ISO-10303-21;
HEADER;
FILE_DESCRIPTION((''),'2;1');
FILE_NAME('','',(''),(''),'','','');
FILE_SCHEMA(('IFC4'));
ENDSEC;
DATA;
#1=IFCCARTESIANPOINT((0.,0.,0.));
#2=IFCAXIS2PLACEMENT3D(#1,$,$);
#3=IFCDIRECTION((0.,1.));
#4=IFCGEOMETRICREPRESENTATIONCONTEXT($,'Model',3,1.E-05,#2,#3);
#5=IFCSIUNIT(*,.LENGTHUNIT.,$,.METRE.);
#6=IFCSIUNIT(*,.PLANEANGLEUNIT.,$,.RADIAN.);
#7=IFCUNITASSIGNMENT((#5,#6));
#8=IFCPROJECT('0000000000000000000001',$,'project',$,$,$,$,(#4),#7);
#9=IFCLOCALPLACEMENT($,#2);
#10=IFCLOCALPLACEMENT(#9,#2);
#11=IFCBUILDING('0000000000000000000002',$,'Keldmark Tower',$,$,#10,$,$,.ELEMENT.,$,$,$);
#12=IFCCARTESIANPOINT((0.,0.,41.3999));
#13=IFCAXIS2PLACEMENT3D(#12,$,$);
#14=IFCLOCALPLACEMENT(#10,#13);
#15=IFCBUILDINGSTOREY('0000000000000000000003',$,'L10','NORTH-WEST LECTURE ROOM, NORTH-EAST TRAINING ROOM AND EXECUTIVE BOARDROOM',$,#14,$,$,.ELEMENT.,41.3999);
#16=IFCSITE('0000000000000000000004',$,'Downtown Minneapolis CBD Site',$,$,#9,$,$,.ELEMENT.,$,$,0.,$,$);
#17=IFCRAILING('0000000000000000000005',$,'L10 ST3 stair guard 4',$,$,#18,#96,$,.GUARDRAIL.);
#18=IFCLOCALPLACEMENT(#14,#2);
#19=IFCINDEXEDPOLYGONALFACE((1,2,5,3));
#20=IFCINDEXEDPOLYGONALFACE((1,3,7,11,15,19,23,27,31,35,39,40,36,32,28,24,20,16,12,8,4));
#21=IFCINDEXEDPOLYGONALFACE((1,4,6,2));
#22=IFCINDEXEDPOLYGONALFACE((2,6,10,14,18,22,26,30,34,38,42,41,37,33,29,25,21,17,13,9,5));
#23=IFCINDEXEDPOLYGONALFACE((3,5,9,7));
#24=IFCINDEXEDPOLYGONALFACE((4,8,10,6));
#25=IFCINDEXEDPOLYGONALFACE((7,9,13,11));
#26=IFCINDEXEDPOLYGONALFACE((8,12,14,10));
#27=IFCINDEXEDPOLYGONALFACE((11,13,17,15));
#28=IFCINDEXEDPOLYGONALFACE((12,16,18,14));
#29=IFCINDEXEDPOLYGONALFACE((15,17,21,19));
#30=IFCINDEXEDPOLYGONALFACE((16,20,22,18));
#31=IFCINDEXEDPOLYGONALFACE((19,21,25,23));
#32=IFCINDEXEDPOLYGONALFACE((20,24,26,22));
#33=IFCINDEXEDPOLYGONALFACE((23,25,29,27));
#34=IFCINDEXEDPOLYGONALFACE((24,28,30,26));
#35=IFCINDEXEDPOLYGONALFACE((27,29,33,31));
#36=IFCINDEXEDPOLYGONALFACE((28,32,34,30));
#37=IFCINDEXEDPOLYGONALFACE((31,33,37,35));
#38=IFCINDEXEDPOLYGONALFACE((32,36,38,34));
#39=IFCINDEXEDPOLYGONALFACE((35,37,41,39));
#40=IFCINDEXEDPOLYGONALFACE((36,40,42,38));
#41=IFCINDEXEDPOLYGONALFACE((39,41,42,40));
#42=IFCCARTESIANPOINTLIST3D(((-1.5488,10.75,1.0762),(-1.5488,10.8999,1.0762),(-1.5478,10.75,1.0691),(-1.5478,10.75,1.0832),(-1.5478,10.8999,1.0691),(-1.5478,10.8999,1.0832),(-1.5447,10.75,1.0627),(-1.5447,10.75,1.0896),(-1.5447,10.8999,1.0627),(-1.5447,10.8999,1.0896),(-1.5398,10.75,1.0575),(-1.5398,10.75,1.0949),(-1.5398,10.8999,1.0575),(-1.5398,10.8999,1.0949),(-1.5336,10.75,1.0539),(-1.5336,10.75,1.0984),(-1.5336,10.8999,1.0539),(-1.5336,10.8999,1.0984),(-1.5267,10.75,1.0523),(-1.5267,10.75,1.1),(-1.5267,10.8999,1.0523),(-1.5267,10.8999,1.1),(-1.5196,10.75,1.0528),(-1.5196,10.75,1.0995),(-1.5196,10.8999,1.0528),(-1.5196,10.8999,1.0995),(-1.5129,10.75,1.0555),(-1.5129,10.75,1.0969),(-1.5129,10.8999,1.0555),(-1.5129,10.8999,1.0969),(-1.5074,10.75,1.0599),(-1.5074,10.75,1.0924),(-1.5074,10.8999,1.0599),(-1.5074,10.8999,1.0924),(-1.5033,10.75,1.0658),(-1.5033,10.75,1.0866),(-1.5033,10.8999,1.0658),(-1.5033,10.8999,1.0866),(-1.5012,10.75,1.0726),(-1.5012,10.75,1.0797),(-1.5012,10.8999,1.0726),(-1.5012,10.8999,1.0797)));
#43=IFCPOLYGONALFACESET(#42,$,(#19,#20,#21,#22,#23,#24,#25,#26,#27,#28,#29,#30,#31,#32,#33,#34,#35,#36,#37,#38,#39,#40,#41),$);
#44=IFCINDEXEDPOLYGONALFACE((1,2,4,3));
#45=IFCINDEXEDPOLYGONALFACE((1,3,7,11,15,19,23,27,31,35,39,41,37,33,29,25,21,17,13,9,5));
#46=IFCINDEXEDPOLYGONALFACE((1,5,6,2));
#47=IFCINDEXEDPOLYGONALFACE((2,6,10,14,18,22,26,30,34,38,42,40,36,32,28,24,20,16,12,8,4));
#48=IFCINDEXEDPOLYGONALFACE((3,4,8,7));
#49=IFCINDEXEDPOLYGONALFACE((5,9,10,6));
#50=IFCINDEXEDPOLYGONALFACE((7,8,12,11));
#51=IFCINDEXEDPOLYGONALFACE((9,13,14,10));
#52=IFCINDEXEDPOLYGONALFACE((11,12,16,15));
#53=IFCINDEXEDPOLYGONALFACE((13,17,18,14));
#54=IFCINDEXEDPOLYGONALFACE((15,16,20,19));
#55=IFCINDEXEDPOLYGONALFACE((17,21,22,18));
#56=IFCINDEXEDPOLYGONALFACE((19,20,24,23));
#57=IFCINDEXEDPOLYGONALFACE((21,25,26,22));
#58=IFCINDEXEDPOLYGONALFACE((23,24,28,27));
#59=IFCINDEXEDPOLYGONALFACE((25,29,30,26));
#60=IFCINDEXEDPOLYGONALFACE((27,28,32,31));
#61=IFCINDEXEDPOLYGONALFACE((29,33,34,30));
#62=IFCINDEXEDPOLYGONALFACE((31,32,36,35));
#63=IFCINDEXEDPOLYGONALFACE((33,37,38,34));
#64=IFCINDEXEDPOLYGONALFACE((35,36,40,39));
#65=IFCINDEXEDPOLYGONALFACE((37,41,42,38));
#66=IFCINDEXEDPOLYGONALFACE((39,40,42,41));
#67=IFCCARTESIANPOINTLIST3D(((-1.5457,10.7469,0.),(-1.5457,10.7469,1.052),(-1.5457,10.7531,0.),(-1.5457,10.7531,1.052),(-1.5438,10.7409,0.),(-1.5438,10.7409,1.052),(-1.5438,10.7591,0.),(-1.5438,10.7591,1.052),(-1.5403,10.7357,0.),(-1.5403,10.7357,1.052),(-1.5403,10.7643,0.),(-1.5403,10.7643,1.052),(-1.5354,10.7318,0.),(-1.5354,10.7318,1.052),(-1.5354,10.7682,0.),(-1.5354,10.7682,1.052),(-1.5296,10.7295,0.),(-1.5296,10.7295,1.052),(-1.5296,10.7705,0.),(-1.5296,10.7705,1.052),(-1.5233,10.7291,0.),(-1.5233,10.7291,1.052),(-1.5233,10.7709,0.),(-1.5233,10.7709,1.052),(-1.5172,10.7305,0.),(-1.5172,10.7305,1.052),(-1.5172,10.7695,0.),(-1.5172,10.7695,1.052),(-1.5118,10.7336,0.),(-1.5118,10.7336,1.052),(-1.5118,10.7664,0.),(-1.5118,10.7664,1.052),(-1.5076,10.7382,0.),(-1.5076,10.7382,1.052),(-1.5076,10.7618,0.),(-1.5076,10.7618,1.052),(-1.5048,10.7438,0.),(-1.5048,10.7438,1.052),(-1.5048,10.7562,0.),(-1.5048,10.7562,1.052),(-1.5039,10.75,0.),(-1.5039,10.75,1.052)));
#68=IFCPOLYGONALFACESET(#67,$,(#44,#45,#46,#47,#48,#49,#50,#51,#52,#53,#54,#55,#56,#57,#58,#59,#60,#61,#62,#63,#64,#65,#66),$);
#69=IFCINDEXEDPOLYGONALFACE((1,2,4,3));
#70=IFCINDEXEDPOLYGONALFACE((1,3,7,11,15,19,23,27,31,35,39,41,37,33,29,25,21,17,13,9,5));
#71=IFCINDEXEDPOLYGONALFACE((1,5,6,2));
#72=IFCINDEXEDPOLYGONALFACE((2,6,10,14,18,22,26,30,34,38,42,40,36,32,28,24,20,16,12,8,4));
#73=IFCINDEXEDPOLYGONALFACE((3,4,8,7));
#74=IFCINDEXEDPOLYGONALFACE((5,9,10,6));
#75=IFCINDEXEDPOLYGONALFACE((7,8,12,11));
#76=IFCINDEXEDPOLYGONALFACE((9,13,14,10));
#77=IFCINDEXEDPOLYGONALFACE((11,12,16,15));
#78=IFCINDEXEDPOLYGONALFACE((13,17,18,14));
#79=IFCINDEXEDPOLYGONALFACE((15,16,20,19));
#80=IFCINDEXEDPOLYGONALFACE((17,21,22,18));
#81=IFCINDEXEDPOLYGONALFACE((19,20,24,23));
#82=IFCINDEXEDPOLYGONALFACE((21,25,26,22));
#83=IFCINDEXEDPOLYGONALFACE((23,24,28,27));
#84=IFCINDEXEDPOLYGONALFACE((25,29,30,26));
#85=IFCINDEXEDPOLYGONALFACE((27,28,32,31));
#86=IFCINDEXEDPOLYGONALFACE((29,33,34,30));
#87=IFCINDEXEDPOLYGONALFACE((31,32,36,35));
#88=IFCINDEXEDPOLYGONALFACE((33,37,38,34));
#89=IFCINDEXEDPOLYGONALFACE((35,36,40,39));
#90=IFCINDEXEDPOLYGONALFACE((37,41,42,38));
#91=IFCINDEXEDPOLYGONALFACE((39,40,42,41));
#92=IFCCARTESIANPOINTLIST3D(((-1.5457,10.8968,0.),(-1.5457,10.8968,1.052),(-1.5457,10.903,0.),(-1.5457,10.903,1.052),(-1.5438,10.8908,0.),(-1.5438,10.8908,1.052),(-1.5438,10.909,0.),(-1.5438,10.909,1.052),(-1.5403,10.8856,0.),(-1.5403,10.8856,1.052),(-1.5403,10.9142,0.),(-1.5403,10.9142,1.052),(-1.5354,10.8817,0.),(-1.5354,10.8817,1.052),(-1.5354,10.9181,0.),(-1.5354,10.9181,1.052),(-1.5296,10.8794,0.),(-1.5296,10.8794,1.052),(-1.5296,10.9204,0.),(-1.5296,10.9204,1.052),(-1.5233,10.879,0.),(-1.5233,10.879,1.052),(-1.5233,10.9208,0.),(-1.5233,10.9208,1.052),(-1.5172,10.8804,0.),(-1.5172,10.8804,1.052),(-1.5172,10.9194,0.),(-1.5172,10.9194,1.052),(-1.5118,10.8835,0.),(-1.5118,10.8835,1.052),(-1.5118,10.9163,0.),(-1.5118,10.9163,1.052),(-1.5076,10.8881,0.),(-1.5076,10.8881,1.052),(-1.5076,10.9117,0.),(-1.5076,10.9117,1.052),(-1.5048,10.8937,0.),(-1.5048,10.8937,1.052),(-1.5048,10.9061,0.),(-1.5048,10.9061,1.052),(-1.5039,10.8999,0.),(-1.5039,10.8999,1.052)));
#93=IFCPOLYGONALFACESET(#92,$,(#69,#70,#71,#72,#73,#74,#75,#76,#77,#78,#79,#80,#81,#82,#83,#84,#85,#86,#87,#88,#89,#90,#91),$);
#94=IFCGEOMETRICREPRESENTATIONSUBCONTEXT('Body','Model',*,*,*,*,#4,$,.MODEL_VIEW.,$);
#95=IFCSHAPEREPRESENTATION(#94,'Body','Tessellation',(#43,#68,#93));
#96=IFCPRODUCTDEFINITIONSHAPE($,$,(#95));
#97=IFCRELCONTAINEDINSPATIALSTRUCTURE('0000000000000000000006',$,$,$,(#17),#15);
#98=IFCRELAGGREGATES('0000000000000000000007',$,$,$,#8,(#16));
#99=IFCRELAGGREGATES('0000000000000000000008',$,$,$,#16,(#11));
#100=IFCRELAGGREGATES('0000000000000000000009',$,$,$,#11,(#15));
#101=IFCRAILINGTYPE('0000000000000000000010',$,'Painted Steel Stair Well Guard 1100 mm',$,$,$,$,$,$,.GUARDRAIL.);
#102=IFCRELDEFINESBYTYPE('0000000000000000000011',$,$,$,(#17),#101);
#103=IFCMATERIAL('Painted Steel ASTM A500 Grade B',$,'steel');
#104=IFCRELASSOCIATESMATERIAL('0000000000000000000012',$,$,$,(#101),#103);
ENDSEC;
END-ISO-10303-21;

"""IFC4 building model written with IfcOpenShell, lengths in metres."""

from ifc_helpers import new_model, si_unit, direction, frame, origin, origin_2d, place, context, subcontext, project, spatial, circle, extrude, material, type_object, element, save


model = new_model("IFC4")

# Units and contexts
model_context = context("Model", 3, precision=1e-05, world=origin(), true_north=direction((0.0, 1.0)))
body_context = subcontext(model_context, "Body", "Model", "MODEL_VIEW")
ifc_project = project(units=[si_unit("LENGTHUNIT", "METRE"), si_unit("PLANEANGLEUNIT", "RADIAN")], contexts=[model_context])

# Site, building, storey
site_placement = place(None, origin())
site = spatial("IfcSite", under=ifc_project, at=site_placement, Name="Downtown Minneapolis CBD Site", CompositionType="ELEMENT", RefElevation=0.0)
building_placement = place(site_placement, origin())
building = spatial("IfcBuilding", under=site, at=building_placement, Name="Keldmark Tower", CompositionType="ELEMENT")
storey_placement = place(building_placement, frame((0.0, 0.0, 41.3999)))
storey = spatial("IfcBuildingStorey", under=building, at=storey_placement, Name="L10", Description="NORTH-WEST LECTURE ROOM, NORTH-EAST TRAINING ROOM AND EXECUTIVE BOARDROOM", CompositionType="ELEMENT", Elevation=41.3999)

# Railing
ifc_material_1 = material(Name="Painted Steel ASTM A500 Grade B", Category="steel")
railing_type = type_object("IfcRailingType", Name="Painted Steel Stair Well Guard 1100 mm", PredefinedType="GUARDRAIL", material=ifc_material_1)
railing_1_placement = place(storey_placement, frame((-1.5249, 10.75, 0.0)))
element("IfcRailing", 1, at=railing_1_placement, inside=storey, type_object=railing_type, Name="L10 ST3 stair guard 4", PredefinedType="GUARDRAIL", context=body_context, shape_type="SweptSolid", body=[
    extrude(circle(Radius=0.0239, at=origin_2d()), frame((0.0, 0.0, 1.0762), z_axis=(0.0, 1.0, 0.0), x_axis=(-1.0, 0.0, 0.0)), (0.0, 0.0, 1.0), 0.1499),
    extrude(circle(Radius=0.021, at=origin_2d()), origin(), (0.0, 0.0, 1.0), 1.052),
    extrude(circle(Radius=0.021, at=origin_2d()), frame((0.0, 0.1499, 0.0)), (0.0, 0.0, 1.0), 1.052),
])

save(model, "model.ifc")
